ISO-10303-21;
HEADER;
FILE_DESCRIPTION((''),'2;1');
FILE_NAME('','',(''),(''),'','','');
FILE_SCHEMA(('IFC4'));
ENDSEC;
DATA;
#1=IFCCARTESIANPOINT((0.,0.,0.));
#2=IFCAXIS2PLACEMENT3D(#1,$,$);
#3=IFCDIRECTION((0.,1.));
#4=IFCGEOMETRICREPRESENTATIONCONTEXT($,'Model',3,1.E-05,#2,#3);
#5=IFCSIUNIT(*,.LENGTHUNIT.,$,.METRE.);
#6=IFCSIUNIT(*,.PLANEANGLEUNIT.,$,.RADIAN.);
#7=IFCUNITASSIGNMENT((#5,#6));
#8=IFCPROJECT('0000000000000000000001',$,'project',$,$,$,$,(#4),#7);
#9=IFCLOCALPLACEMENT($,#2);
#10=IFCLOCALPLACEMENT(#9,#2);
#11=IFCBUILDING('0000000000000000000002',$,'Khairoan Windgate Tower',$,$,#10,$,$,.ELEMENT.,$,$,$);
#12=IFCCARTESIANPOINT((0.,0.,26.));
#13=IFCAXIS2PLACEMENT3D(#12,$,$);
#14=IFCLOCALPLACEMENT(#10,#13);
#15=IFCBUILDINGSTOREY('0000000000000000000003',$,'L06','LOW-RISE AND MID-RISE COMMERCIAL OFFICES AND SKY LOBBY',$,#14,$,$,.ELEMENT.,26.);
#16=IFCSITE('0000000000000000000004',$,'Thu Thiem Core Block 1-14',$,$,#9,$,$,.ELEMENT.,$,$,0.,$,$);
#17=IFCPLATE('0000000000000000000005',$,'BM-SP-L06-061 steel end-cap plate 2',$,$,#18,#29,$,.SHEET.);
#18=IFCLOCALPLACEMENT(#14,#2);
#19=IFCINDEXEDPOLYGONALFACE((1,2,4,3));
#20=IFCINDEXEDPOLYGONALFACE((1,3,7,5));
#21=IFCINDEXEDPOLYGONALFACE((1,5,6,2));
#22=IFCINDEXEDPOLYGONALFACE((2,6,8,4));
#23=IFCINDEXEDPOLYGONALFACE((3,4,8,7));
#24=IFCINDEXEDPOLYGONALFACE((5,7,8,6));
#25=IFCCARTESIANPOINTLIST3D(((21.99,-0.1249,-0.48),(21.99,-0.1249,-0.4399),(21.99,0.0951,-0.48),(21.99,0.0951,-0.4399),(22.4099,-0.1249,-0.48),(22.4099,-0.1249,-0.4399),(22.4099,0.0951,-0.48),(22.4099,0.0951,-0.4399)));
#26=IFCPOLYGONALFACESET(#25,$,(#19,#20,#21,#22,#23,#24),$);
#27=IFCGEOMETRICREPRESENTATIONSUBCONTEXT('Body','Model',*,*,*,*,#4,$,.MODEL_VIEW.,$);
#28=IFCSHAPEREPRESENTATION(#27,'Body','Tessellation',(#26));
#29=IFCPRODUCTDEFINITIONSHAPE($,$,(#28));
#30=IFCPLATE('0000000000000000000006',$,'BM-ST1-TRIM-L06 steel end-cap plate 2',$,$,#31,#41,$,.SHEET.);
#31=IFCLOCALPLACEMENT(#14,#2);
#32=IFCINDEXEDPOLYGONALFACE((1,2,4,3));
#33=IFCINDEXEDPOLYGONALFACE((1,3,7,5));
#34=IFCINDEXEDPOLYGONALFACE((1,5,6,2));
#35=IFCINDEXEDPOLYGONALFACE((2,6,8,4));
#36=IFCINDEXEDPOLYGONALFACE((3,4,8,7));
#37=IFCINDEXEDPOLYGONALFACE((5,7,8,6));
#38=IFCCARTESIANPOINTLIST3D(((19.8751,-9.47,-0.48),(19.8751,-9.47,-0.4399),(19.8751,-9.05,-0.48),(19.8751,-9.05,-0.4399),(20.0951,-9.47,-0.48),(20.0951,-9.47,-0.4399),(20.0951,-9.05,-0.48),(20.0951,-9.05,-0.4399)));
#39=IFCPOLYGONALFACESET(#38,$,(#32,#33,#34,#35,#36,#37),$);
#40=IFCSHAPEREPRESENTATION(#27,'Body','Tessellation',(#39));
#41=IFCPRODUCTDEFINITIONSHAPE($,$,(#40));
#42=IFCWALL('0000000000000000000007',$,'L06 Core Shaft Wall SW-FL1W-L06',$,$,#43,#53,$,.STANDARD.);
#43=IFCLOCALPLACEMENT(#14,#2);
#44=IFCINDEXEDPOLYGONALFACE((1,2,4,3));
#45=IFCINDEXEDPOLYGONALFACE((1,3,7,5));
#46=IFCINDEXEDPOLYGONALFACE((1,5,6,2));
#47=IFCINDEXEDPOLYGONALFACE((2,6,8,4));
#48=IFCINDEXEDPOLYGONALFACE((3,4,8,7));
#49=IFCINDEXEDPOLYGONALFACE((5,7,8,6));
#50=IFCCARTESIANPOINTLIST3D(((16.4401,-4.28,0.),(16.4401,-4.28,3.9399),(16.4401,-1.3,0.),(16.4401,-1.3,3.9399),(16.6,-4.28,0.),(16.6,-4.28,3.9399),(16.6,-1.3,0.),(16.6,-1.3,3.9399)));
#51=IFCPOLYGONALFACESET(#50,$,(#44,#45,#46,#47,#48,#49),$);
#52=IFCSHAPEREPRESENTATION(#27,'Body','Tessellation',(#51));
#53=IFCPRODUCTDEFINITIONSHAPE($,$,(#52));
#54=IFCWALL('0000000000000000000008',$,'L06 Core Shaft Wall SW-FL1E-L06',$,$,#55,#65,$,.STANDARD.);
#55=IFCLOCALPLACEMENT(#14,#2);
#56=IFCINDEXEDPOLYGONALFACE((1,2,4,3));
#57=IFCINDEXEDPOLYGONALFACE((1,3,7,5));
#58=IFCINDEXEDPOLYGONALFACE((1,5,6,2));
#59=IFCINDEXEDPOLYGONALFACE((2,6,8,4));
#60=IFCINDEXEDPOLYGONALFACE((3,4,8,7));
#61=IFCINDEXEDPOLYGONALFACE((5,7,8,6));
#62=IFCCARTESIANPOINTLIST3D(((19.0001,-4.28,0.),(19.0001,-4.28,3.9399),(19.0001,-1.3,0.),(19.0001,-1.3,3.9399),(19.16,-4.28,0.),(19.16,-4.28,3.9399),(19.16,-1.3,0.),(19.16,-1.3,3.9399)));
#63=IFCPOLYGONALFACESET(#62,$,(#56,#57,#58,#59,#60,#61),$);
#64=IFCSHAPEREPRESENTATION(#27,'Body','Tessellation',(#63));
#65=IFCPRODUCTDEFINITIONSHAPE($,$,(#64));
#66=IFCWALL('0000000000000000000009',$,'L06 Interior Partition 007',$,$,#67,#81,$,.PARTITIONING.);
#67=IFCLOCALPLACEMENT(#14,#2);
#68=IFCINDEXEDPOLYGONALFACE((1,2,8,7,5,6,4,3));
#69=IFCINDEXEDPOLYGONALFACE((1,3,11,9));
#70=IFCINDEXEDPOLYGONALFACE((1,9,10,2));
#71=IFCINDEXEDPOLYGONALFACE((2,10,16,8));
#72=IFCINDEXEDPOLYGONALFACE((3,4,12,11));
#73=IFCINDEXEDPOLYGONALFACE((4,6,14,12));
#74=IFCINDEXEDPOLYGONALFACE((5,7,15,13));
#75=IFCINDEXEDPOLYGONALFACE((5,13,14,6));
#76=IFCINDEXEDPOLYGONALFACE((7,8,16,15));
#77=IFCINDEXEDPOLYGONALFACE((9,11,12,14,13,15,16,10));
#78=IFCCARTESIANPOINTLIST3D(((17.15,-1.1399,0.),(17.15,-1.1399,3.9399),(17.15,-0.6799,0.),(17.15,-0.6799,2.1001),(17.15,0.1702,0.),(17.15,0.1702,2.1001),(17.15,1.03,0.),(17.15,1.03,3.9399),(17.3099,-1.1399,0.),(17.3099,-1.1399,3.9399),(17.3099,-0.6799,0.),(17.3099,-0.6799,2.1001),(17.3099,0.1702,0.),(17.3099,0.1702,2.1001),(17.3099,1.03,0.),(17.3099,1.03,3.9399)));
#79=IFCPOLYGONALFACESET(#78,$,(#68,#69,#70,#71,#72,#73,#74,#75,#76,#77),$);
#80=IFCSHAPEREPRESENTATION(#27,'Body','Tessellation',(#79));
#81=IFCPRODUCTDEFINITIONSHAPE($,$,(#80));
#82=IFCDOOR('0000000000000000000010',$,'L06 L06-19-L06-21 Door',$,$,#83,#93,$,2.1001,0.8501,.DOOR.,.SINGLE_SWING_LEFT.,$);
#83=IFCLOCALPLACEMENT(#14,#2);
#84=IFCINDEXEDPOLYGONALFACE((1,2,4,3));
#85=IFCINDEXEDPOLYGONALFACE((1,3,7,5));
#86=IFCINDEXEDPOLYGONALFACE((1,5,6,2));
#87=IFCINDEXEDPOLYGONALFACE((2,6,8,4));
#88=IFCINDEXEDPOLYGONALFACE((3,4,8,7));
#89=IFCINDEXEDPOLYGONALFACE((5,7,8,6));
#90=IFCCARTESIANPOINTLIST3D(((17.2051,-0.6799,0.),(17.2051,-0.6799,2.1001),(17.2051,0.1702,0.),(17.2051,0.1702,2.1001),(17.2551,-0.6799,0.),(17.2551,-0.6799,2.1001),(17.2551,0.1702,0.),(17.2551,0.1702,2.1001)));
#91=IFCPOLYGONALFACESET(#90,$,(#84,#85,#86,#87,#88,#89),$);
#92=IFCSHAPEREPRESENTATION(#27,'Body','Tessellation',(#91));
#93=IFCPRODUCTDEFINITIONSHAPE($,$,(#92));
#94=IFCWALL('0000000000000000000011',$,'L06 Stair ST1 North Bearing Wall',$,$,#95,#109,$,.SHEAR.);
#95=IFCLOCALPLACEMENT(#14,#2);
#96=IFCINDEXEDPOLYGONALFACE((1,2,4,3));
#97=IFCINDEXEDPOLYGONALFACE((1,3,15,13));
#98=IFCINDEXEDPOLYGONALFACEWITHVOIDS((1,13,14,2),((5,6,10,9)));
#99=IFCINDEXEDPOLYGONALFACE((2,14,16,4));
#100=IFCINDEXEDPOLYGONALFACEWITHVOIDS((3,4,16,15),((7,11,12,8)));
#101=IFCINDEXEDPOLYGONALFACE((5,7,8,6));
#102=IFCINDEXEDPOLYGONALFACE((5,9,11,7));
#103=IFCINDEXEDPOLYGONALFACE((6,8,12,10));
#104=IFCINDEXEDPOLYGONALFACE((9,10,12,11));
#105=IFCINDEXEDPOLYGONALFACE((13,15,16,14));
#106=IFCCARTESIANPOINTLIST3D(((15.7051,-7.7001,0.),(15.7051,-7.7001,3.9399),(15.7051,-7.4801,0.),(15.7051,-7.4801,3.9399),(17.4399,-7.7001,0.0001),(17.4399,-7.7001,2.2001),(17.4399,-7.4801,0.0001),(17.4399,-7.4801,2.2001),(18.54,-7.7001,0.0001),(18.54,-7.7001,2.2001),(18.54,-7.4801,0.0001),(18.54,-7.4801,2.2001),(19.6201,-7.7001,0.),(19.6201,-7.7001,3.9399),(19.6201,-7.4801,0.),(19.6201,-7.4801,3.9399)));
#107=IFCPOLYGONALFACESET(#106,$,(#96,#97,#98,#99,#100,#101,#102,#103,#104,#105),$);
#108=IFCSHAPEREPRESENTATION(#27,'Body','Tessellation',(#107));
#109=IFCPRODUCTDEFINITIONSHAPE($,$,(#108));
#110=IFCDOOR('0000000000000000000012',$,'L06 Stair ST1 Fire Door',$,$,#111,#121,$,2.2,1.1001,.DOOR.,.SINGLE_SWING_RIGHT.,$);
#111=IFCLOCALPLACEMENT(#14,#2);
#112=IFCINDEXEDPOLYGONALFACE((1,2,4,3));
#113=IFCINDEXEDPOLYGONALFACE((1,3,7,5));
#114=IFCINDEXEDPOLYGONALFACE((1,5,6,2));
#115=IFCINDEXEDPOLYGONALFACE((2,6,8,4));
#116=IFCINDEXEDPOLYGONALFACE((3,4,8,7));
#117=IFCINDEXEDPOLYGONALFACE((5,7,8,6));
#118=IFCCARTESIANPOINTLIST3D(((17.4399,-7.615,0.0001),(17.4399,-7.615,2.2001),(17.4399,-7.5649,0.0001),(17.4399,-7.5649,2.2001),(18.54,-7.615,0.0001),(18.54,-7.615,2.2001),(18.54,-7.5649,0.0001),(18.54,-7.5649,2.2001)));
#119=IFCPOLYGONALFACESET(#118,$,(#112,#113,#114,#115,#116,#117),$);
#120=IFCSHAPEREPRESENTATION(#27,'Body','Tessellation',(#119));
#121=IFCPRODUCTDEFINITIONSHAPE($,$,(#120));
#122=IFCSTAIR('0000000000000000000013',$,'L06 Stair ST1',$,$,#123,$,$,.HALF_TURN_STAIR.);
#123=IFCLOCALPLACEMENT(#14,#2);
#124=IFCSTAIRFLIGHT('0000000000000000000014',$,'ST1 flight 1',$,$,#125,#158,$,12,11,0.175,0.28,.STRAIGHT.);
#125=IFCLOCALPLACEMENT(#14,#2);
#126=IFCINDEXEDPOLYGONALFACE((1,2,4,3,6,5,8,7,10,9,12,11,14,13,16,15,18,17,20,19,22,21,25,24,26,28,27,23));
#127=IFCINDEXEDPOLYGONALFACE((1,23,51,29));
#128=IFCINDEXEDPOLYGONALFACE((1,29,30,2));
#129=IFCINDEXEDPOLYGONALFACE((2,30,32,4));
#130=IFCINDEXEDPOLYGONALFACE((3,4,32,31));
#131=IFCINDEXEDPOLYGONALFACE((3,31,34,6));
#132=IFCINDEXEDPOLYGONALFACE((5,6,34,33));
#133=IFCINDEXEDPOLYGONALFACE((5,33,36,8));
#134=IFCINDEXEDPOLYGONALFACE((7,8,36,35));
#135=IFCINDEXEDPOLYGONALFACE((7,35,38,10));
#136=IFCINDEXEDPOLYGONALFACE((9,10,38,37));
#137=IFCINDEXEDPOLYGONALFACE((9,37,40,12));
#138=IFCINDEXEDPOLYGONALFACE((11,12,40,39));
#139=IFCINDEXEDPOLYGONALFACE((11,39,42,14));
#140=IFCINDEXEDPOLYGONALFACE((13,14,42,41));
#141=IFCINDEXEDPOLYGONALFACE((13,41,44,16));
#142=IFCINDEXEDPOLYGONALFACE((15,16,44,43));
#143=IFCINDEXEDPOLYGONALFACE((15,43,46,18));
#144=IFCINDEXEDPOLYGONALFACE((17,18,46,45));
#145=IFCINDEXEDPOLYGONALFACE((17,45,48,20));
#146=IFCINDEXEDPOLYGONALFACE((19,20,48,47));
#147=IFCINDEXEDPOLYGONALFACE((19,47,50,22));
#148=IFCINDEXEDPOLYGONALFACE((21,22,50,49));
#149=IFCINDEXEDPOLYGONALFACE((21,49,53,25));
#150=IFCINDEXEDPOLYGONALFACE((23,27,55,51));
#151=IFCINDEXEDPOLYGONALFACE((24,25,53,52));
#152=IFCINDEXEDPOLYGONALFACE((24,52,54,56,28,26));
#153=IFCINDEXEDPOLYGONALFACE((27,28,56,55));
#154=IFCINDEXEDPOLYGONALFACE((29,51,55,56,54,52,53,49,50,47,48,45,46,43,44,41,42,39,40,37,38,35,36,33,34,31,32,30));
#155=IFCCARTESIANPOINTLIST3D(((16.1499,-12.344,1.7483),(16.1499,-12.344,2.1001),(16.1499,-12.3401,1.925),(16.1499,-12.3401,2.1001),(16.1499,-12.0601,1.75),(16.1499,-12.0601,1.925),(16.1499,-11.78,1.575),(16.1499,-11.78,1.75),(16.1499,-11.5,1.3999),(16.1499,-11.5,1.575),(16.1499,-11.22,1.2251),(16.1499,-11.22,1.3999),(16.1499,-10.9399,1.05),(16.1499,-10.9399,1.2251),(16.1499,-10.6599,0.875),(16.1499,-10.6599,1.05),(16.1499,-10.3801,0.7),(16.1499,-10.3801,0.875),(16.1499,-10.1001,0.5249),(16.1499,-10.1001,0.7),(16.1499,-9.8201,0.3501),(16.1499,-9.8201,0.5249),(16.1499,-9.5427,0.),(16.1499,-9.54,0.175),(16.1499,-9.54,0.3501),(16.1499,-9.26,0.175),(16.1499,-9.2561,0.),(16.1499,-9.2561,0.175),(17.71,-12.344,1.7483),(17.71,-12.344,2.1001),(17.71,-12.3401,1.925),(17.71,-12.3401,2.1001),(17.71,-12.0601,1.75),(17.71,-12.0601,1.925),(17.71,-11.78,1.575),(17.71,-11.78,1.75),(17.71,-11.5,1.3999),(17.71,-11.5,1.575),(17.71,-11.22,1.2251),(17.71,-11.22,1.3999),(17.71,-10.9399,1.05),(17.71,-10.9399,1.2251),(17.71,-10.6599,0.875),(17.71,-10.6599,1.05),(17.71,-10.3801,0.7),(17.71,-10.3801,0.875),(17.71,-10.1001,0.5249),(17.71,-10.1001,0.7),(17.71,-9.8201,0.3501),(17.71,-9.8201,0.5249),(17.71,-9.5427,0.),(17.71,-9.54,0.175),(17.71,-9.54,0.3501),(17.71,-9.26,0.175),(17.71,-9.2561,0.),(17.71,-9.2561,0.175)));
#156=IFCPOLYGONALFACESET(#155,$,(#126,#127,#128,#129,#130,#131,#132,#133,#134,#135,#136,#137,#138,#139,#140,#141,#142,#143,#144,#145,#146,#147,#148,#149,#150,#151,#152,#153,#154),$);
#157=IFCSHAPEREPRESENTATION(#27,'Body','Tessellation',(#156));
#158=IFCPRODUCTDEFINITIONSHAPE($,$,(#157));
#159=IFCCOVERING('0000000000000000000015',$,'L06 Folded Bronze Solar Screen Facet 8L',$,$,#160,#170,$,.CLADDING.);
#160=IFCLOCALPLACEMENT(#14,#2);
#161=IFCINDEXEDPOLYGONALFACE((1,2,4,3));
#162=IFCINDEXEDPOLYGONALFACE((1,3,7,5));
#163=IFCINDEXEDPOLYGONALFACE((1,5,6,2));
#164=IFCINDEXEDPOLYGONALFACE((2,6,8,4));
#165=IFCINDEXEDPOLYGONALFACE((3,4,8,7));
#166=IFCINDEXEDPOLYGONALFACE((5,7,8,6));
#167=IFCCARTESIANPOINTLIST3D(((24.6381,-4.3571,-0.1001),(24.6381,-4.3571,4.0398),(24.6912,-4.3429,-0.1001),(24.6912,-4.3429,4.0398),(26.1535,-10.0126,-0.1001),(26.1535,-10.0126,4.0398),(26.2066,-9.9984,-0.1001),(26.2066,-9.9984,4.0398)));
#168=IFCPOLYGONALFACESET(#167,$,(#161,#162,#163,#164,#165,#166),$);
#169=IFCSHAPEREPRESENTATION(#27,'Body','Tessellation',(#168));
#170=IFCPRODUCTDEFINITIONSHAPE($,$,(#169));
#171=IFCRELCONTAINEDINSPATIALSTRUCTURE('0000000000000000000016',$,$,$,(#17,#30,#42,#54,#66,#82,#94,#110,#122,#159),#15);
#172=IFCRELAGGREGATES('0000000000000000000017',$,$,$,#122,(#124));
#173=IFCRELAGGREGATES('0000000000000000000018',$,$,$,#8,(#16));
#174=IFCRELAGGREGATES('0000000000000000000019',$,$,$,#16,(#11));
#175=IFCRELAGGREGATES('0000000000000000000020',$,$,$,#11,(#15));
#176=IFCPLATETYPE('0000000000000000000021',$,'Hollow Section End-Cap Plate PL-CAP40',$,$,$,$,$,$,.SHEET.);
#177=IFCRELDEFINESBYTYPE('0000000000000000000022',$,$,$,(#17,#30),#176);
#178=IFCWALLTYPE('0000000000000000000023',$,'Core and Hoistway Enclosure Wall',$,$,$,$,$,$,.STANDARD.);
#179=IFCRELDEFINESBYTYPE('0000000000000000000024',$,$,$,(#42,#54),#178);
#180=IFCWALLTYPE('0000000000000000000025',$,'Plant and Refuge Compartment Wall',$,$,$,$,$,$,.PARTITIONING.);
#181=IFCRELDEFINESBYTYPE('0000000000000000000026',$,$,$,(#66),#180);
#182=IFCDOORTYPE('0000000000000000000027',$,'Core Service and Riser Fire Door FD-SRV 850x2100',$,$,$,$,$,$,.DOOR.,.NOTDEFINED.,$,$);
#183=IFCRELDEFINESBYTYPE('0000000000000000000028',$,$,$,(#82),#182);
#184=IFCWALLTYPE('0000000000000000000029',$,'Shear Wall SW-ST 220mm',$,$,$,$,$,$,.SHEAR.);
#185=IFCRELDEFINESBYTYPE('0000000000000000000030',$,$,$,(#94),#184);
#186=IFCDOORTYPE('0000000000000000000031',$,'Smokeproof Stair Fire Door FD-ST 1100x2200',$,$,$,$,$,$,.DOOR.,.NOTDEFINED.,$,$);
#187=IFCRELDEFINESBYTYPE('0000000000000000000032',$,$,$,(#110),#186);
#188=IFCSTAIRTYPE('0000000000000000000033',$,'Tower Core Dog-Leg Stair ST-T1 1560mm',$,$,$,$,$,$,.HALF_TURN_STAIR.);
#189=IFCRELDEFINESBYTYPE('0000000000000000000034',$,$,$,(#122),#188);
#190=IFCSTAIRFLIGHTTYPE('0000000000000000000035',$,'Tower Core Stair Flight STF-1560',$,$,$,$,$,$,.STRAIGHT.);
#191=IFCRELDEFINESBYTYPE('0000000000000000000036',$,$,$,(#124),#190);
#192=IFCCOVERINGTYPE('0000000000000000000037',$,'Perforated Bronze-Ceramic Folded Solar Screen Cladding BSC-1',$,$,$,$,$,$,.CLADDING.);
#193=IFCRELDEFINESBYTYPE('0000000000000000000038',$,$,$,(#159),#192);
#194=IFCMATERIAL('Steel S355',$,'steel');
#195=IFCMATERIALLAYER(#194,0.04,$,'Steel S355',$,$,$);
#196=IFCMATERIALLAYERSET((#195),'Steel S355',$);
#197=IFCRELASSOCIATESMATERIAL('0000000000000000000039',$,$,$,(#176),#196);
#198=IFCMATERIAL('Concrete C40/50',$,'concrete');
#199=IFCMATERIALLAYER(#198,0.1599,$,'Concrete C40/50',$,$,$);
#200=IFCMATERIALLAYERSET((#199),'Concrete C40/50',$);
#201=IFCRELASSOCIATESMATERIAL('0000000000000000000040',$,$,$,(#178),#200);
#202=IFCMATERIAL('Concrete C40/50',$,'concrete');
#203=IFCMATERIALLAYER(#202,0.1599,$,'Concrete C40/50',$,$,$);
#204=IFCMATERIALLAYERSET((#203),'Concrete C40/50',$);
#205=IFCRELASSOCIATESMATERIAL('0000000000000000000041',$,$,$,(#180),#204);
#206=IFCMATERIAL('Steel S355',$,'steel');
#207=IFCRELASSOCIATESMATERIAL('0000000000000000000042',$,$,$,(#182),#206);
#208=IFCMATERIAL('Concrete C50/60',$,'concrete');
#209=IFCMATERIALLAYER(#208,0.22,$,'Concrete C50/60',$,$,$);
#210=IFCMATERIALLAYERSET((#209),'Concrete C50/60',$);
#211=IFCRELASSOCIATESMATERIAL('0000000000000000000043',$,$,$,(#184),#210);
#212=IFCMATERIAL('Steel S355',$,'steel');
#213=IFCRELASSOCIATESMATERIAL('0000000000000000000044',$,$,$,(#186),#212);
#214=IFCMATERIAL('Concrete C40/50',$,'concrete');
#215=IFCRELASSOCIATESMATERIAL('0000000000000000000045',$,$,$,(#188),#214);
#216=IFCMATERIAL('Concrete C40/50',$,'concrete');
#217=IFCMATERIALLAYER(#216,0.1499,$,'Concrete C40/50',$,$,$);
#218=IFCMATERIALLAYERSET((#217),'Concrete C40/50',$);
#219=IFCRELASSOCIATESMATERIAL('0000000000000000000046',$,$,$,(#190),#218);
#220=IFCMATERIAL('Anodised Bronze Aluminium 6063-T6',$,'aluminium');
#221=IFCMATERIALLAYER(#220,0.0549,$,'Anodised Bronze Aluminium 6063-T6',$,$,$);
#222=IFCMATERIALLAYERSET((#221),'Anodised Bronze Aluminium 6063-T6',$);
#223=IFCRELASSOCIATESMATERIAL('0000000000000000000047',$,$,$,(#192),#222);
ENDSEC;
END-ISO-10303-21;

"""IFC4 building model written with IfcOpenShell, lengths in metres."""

from ifc_helpers import new_model, si_unit, direction, frame, frame_2d, origin, origin_2d, place, context, subcontext, project, spatial, polyline, rectangle, outline, extrude, material, layer, layer_set, type_object, element, fill, aggregate, save


model = new_model("IFC4")

# Units and contexts
model_context = context("Model", 3, precision=1e-05, world=origin(), true_north=direction((0.0, 1.0)))
body_context = subcontext(model_context, "Body", "Model", "MODEL_VIEW")
ifc_project = project(units=[si_unit("LENGTHUNIT", "METRE"), si_unit("PLANEANGLEUNIT", "RADIAN")], contexts=[model_context])

# Site, building, storey
site_placement = place(None, origin())
site = spatial("IfcSite", under=ifc_project, at=site_placement, Name="Thu Thiem Core Block 1-14", CompositionType="ELEMENT", RefElevation=0.0)
building_placement = place(site_placement, origin())
building = spatial("IfcBuilding", under=site, at=building_placement, Name="Khairoan Windgate Tower", CompositionType="ELEMENT")
storey_placement = place(building_placement, frame((0.0, 0.0, 26.0)))
storey = spatial("IfcBuildingStorey", under=building, at=storey_placement, Name="L06", Description="LOW-RISE AND MID-RISE COMMERCIAL OFFICES AND SKY LOBBY", CompositionType="ELEMENT", Elevation=26.0)

# Plates
ifc_material_1 = material(Name="Steel S355", Category="steel")
ifc_layer_1 = layer(ifc_material_1, 0.04, Name="Steel S355")
ifc_layer_set_1 = layer_set([ifc_layer_1], Name="Steel S355")
plate_type = type_object("IfcPlateType", Name="Hollow Section End-Cap Plate PL-CAP40", PredefinedType="SHEET", material=ifc_layer_set_1)
for number, where, z_axis, x_axis, name in (
    (1, (22.2, -0.0149, -0.48), (0.0, 0.0, 1.0), (0.0, 1.0, 0.0), "BM-SP-L06-061 steel end-cap plate 2"),
    (2, (19.9851, -9.26, -0.48), (0.0, 0.0, 1.0), (1.0, 0.0, 0.0), "BM-ST1-TRIM-L06 steel end-cap plate 2"),
):
    element("IfcPlate", number, at=place(storey_placement, frame(where, z_axis=z_axis, x_axis=x_axis)), inside=storey, type_object=plate_type, Name=name, PredefinedType="SHEET", context=body_context, shape_type="SweptSolid", body=[
        extrude(rectangle(XDim=0.22, YDim=0.4199, at=origin_2d()), origin(), (0.0, 0.0, 1.0), 0.04),
    ])

# Walls
ifc_material_2 = material(Name="Concrete C40/50", Category="concrete")
ifc_layer_2 = layer(ifc_material_2, 0.1599, Name="Concrete C40/50")
ifc_layer_set_2 = layer_set([ifc_layer_2], Name="Concrete C40/50")
wall_type_1 = type_object("IfcWallType", Name="Core and Hoistway Enclosure Wall", PredefinedType="STANDARD", material=ifc_layer_set_2)
for number, where, z_axis, x_axis, name in (
    (3, (16.52, -4.28, 0.0), (0.0, 0.0, 1.0), (0.0, 1.0, 0.0), "L06 Core Shaft Wall SW-FL1W-L06"),
    (4, (19.0801, -4.28, 0.0), (0.0, 0.0, 1.0), (0.0, 1.0, 0.0), "L06 Core Shaft Wall SW-FL1E-L06"),
):
    element("IfcWall", number, at=place(storey_placement, frame(where, z_axis=z_axis, x_axis=x_axis)), inside=storey, type_object=wall_type_1, Name=name, PredefinedType="STANDARD", context=body_context, shape_type="SweptSolid", body=[
        extrude(rectangle(XDim=2.98, YDim=0.1599, at=frame_2d((1.49, 0.0))), origin(), (0.0, 0.0, 1.0), 3.9399),
    ])

# Walls, openings, doors
ifc_material_3 = material(Name="Concrete C40/50", Category="concrete")
ifc_layer_3 = layer(ifc_material_3, 0.1599, Name="Concrete C40/50")
ifc_layer_set_3 = layer_set([ifc_layer_3], Name="Concrete C40/50")
wall_type_2 = type_object("IfcWallType", Name="Plant and Refuge Compartment Wall", PredefinedType="PARTITIONING", material=ifc_layer_set_3)
wall_1_placement = place(storey_placement, frame((17.23, -1.1399, 0.0), z_axis=(0.0, 0.0, 1.0), x_axis=(0.0, 1.0, 0.0)))
wall_1 = element("IfcWall", 5, at=wall_1_placement, inside=storey, type_object=wall_type_2, Name="L06 Interior Partition 007", PredefinedType="PARTITIONING", context=body_context, shape_type="SweptSolid", body=[
    extrude(rectangle(XDim=2.1699, YDim=0.1599, at=frame_2d((1.085, 0.0))), origin(), (0.0, 0.0, 1.0), 3.9399),
])
opening_1_placement = place(wall_1_placement, frame((0.46, 0.0, 0.0)))
opening_1 = element("IfcOpeningElement", 6, at=opening_1_placement, cuts=wall_1, PredefinedType="OPENING", context=body_context, shape_type="SweptSolid", body=[
    extrude(rectangle(XDim=0.8501, YDim=2.1001, at=frame_2d((0.425, 1.05))), frame((0.0, 0.0898, 0.0), z_axis=(0.0, -1.0, 0.0), x_axis=(1.0, 0.0, 0.0)), (0.0, 0.0, 1.0), 0.1799),
])
ifc_material_4 = material(Name="Steel S355", Category="steel")
door_type_1 = type_object("IfcDoorType", Name="Core Service and Riser Fire Door FD-SRV 850x2100", OperationType="NOTDEFINED", PredefinedType="DOOR", material=ifc_material_4)
door_1_placement = place(opening_1_placement, origin())
door_1 = element("IfcDoor", 7, at=door_1_placement, inside=storey, type_object=door_type_1, Name="L06 L06-19-L06-21 Door", OperationType="SINGLE_SWING_LEFT", OverallHeight=2.1001, OverallWidth=0.8501, PredefinedType="DOOR", context=body_context, shape_type="SweptSolid", body=[
    extrude(rectangle(XDim=0.8501, YDim=2.1001, at=frame_2d((0.425, 1.05))), frame((0.0, 0.0249, 0.0), z_axis=(0.0, -1.0, 0.0), x_axis=(1.0, 0.0, 0.0)), (0.0, 0.0, 1.0), 0.05),
])
fill(opening_1, door_1)
ifc_material_5 = material(Name="Concrete C50/60", Category="concrete")
ifc_layer_4 = layer(ifc_material_5, 0.22, Name="Concrete C50/60")
ifc_layer_set_4 = layer_set([ifc_layer_4], Name="Concrete C50/60")
wall_type_3 = type_object("IfcWallType", Name="Shear Wall SW-ST 220mm", PredefinedType="SHEAR", material=ifc_layer_set_4)
wall_2_placement = place(storey_placement, frame((19.6201, -7.5901, 0.0), z_axis=(0.0, 0.0, 1.0), x_axis=(-1.0, 0.0, 0.0)))
wall_2 = element("IfcWall", 8, at=wall_2_placement, inside=storey, type_object=wall_type_3, Name="L06 Stair ST1 North Bearing Wall", PredefinedType="SHEAR", context=body_context, shape_type="SweptSolid", body=[
    extrude(rectangle(XDim=3.915, YDim=0.22, at=frame_2d((1.9575, 0.0))), origin(), (0.0, 0.0, 1.0), 3.9399),
])
opening_2_placement = place(wall_2_placement, frame((1.0801, 0.0, 0.0)))
opening_2 = element("IfcOpeningElement", 9, at=opening_2_placement, cuts=wall_2, PredefinedType="OPENING", context=body_context, shape_type="SweptSolid", body=[
    extrude(rectangle(XDim=1.1001, YDim=2.2, at=frame_2d((0.55, 1.1001))), frame((0.0, 0.1199, 0.0), z_axis=(0.0, -1.0, 0.0), x_axis=(1.0, 0.0, 0.0)), (0.0, 0.0, 1.0), 0.24),
])
ifc_material_6 = material(Name="Steel S355", Category="steel")
door_type_2 = type_object("IfcDoorType", Name="Smokeproof Stair Fire Door FD-ST 1100x2200", OperationType="NOTDEFINED", PredefinedType="DOOR", material=ifc_material_6)
door_2_placement = place(opening_2_placement, origin())
door_2 = element("IfcDoor", 10, at=door_2_placement, inside=storey, type_object=door_type_2, Name="L06 Stair ST1 Fire Door", OperationType="SINGLE_SWING_RIGHT", OverallHeight=2.2, OverallWidth=1.1001, PredefinedType="DOOR", context=body_context, shape_type="SweptSolid", body=[
    extrude(rectangle(XDim=1.1001, YDim=2.2, at=frame_2d((0.55, 1.1001))), frame((0.0, 0.0249, 0.0), z_axis=(0.0, -1.0, 0.0), x_axis=(1.0, 0.0, 0.0)), (0.0, 0.0, 1.0), 0.05),
])
fill(opening_2, door_2)

# Stair, stair flight
ifc_material_7 = material(Name="Concrete C40/50", Category="concrete")
stair_type = type_object("IfcStairType", Name="Tower Core Dog-Leg Stair ST-T1 1560mm", PredefinedType="HALF_TURN_STAIR", material=ifc_material_7)
stair_placement = place(storey_placement, origin())
stair = element("IfcStair", 11, at=stair_placement, inside=storey, type_object=stair_type, Name="L06 Stair ST1", PredefinedType="HALF_TURN_STAIR")
ifc_material_8 = material(Name="Concrete C40/50", Category="concrete")
ifc_layer_5 = layer(ifc_material_8, 0.1499, Name="Concrete C40/50")
ifc_layer_set_5 = layer_set([ifc_layer_5], Name="Concrete C40/50")
stair_flight_type = type_object("IfcStairFlightType", Name="Tower Core Stair Flight STF-1560", PredefinedType="STRAIGHT", material=ifc_layer_set_5)
stair_flight_placement = place(storey_placement, frame((16.9299, -9.26, 0.0), z_axis=(0.0, 0.0, 1.0), x_axis=(0.0, -1.0, 0.0)))
stair_flight = element("IfcStairFlight", 12, at=stair_flight_placement, type_object=stair_flight_type, Name="ST1 flight 1", NumberOfRisers=12, NumberOfTreads=11, PredefinedType="STRAIGHT", RiserHeight=0.175, TreadLength=0.28, context=body_context, shape_type="SweptSolid", body=[
    extrude(outline(polyline([(-0.0039, 0.0), (-0.0039, 0.175), (0.0, 0.175), (0.28, 0.175), (0.28, 0.3501), (0.5601, 0.3501), (0.5601, 0.5249), (0.8401, 0.5249), (0.8401, 0.7), (1.1201, 0.7), (1.1201, 0.875), (1.3999, 0.875), (1.3999, 1.05), (1.6799, 1.05), (1.6799, 1.2251), (1.96, 1.2251), (1.96, 1.3999), (2.24, 1.3999), (2.24, 1.575), (2.52, 1.575), (2.52, 1.75), (2.8, 1.75), (2.8, 1.925), (3.0801, 1.925), (3.0801, 2.1001), (3.084, 2.1001), (3.084, 1.7483), (0.2827, 0.0), (-0.0039, 0.0)])), frame((0.0, 0.78, 0.0), z_axis=(0.0, -1.0, 0.0), x_axis=(1.0, 0.0, 0.0)), (0.0, 0.0, 1.0), 1.5601),
])
aggregate(stair, [stair_flight])

# Covering
ifc_material_9 = material(Name="Anodised Bronze Aluminium 6063-T6", Category="aluminium")
ifc_layer_6 = layer(ifc_material_9, 0.0549, Name="Anodised Bronze Aluminium 6063-T6")
ifc_layer_set_6 = layer_set([ifc_layer_6], Name="Anodised Bronze Aluminium 6063-T6")
covering_type = type_object("IfcCoveringType", Name="Perforated Bronze-Ceramic Folded Solar Screen Cladding BSC-1", PredefinedType="CLADDING", material=ifc_layer_set_6)
covering_placement = place(storey_placement, frame((25.4224, -7.1777, -0.1001), z_axis=(0.0, 0.0, 1.0), x_axis=(0.258819, -0.965926, 0.0)))
element("IfcCovering", 13, at=covering_placement, inside=storey, type_object=covering_type, Name="L06 Folded Bronze Solar Screen Facet 8L", PredefinedType="CLADDING", context=body_context, shape_type="SweptSolid", body=[
    extrude(rectangle(XDim=5.855, YDim=0.0549, at=origin_2d()), origin(), (0.0, 0.0, 1.0), 4.1399),
])

save(model, "model.ifc")
